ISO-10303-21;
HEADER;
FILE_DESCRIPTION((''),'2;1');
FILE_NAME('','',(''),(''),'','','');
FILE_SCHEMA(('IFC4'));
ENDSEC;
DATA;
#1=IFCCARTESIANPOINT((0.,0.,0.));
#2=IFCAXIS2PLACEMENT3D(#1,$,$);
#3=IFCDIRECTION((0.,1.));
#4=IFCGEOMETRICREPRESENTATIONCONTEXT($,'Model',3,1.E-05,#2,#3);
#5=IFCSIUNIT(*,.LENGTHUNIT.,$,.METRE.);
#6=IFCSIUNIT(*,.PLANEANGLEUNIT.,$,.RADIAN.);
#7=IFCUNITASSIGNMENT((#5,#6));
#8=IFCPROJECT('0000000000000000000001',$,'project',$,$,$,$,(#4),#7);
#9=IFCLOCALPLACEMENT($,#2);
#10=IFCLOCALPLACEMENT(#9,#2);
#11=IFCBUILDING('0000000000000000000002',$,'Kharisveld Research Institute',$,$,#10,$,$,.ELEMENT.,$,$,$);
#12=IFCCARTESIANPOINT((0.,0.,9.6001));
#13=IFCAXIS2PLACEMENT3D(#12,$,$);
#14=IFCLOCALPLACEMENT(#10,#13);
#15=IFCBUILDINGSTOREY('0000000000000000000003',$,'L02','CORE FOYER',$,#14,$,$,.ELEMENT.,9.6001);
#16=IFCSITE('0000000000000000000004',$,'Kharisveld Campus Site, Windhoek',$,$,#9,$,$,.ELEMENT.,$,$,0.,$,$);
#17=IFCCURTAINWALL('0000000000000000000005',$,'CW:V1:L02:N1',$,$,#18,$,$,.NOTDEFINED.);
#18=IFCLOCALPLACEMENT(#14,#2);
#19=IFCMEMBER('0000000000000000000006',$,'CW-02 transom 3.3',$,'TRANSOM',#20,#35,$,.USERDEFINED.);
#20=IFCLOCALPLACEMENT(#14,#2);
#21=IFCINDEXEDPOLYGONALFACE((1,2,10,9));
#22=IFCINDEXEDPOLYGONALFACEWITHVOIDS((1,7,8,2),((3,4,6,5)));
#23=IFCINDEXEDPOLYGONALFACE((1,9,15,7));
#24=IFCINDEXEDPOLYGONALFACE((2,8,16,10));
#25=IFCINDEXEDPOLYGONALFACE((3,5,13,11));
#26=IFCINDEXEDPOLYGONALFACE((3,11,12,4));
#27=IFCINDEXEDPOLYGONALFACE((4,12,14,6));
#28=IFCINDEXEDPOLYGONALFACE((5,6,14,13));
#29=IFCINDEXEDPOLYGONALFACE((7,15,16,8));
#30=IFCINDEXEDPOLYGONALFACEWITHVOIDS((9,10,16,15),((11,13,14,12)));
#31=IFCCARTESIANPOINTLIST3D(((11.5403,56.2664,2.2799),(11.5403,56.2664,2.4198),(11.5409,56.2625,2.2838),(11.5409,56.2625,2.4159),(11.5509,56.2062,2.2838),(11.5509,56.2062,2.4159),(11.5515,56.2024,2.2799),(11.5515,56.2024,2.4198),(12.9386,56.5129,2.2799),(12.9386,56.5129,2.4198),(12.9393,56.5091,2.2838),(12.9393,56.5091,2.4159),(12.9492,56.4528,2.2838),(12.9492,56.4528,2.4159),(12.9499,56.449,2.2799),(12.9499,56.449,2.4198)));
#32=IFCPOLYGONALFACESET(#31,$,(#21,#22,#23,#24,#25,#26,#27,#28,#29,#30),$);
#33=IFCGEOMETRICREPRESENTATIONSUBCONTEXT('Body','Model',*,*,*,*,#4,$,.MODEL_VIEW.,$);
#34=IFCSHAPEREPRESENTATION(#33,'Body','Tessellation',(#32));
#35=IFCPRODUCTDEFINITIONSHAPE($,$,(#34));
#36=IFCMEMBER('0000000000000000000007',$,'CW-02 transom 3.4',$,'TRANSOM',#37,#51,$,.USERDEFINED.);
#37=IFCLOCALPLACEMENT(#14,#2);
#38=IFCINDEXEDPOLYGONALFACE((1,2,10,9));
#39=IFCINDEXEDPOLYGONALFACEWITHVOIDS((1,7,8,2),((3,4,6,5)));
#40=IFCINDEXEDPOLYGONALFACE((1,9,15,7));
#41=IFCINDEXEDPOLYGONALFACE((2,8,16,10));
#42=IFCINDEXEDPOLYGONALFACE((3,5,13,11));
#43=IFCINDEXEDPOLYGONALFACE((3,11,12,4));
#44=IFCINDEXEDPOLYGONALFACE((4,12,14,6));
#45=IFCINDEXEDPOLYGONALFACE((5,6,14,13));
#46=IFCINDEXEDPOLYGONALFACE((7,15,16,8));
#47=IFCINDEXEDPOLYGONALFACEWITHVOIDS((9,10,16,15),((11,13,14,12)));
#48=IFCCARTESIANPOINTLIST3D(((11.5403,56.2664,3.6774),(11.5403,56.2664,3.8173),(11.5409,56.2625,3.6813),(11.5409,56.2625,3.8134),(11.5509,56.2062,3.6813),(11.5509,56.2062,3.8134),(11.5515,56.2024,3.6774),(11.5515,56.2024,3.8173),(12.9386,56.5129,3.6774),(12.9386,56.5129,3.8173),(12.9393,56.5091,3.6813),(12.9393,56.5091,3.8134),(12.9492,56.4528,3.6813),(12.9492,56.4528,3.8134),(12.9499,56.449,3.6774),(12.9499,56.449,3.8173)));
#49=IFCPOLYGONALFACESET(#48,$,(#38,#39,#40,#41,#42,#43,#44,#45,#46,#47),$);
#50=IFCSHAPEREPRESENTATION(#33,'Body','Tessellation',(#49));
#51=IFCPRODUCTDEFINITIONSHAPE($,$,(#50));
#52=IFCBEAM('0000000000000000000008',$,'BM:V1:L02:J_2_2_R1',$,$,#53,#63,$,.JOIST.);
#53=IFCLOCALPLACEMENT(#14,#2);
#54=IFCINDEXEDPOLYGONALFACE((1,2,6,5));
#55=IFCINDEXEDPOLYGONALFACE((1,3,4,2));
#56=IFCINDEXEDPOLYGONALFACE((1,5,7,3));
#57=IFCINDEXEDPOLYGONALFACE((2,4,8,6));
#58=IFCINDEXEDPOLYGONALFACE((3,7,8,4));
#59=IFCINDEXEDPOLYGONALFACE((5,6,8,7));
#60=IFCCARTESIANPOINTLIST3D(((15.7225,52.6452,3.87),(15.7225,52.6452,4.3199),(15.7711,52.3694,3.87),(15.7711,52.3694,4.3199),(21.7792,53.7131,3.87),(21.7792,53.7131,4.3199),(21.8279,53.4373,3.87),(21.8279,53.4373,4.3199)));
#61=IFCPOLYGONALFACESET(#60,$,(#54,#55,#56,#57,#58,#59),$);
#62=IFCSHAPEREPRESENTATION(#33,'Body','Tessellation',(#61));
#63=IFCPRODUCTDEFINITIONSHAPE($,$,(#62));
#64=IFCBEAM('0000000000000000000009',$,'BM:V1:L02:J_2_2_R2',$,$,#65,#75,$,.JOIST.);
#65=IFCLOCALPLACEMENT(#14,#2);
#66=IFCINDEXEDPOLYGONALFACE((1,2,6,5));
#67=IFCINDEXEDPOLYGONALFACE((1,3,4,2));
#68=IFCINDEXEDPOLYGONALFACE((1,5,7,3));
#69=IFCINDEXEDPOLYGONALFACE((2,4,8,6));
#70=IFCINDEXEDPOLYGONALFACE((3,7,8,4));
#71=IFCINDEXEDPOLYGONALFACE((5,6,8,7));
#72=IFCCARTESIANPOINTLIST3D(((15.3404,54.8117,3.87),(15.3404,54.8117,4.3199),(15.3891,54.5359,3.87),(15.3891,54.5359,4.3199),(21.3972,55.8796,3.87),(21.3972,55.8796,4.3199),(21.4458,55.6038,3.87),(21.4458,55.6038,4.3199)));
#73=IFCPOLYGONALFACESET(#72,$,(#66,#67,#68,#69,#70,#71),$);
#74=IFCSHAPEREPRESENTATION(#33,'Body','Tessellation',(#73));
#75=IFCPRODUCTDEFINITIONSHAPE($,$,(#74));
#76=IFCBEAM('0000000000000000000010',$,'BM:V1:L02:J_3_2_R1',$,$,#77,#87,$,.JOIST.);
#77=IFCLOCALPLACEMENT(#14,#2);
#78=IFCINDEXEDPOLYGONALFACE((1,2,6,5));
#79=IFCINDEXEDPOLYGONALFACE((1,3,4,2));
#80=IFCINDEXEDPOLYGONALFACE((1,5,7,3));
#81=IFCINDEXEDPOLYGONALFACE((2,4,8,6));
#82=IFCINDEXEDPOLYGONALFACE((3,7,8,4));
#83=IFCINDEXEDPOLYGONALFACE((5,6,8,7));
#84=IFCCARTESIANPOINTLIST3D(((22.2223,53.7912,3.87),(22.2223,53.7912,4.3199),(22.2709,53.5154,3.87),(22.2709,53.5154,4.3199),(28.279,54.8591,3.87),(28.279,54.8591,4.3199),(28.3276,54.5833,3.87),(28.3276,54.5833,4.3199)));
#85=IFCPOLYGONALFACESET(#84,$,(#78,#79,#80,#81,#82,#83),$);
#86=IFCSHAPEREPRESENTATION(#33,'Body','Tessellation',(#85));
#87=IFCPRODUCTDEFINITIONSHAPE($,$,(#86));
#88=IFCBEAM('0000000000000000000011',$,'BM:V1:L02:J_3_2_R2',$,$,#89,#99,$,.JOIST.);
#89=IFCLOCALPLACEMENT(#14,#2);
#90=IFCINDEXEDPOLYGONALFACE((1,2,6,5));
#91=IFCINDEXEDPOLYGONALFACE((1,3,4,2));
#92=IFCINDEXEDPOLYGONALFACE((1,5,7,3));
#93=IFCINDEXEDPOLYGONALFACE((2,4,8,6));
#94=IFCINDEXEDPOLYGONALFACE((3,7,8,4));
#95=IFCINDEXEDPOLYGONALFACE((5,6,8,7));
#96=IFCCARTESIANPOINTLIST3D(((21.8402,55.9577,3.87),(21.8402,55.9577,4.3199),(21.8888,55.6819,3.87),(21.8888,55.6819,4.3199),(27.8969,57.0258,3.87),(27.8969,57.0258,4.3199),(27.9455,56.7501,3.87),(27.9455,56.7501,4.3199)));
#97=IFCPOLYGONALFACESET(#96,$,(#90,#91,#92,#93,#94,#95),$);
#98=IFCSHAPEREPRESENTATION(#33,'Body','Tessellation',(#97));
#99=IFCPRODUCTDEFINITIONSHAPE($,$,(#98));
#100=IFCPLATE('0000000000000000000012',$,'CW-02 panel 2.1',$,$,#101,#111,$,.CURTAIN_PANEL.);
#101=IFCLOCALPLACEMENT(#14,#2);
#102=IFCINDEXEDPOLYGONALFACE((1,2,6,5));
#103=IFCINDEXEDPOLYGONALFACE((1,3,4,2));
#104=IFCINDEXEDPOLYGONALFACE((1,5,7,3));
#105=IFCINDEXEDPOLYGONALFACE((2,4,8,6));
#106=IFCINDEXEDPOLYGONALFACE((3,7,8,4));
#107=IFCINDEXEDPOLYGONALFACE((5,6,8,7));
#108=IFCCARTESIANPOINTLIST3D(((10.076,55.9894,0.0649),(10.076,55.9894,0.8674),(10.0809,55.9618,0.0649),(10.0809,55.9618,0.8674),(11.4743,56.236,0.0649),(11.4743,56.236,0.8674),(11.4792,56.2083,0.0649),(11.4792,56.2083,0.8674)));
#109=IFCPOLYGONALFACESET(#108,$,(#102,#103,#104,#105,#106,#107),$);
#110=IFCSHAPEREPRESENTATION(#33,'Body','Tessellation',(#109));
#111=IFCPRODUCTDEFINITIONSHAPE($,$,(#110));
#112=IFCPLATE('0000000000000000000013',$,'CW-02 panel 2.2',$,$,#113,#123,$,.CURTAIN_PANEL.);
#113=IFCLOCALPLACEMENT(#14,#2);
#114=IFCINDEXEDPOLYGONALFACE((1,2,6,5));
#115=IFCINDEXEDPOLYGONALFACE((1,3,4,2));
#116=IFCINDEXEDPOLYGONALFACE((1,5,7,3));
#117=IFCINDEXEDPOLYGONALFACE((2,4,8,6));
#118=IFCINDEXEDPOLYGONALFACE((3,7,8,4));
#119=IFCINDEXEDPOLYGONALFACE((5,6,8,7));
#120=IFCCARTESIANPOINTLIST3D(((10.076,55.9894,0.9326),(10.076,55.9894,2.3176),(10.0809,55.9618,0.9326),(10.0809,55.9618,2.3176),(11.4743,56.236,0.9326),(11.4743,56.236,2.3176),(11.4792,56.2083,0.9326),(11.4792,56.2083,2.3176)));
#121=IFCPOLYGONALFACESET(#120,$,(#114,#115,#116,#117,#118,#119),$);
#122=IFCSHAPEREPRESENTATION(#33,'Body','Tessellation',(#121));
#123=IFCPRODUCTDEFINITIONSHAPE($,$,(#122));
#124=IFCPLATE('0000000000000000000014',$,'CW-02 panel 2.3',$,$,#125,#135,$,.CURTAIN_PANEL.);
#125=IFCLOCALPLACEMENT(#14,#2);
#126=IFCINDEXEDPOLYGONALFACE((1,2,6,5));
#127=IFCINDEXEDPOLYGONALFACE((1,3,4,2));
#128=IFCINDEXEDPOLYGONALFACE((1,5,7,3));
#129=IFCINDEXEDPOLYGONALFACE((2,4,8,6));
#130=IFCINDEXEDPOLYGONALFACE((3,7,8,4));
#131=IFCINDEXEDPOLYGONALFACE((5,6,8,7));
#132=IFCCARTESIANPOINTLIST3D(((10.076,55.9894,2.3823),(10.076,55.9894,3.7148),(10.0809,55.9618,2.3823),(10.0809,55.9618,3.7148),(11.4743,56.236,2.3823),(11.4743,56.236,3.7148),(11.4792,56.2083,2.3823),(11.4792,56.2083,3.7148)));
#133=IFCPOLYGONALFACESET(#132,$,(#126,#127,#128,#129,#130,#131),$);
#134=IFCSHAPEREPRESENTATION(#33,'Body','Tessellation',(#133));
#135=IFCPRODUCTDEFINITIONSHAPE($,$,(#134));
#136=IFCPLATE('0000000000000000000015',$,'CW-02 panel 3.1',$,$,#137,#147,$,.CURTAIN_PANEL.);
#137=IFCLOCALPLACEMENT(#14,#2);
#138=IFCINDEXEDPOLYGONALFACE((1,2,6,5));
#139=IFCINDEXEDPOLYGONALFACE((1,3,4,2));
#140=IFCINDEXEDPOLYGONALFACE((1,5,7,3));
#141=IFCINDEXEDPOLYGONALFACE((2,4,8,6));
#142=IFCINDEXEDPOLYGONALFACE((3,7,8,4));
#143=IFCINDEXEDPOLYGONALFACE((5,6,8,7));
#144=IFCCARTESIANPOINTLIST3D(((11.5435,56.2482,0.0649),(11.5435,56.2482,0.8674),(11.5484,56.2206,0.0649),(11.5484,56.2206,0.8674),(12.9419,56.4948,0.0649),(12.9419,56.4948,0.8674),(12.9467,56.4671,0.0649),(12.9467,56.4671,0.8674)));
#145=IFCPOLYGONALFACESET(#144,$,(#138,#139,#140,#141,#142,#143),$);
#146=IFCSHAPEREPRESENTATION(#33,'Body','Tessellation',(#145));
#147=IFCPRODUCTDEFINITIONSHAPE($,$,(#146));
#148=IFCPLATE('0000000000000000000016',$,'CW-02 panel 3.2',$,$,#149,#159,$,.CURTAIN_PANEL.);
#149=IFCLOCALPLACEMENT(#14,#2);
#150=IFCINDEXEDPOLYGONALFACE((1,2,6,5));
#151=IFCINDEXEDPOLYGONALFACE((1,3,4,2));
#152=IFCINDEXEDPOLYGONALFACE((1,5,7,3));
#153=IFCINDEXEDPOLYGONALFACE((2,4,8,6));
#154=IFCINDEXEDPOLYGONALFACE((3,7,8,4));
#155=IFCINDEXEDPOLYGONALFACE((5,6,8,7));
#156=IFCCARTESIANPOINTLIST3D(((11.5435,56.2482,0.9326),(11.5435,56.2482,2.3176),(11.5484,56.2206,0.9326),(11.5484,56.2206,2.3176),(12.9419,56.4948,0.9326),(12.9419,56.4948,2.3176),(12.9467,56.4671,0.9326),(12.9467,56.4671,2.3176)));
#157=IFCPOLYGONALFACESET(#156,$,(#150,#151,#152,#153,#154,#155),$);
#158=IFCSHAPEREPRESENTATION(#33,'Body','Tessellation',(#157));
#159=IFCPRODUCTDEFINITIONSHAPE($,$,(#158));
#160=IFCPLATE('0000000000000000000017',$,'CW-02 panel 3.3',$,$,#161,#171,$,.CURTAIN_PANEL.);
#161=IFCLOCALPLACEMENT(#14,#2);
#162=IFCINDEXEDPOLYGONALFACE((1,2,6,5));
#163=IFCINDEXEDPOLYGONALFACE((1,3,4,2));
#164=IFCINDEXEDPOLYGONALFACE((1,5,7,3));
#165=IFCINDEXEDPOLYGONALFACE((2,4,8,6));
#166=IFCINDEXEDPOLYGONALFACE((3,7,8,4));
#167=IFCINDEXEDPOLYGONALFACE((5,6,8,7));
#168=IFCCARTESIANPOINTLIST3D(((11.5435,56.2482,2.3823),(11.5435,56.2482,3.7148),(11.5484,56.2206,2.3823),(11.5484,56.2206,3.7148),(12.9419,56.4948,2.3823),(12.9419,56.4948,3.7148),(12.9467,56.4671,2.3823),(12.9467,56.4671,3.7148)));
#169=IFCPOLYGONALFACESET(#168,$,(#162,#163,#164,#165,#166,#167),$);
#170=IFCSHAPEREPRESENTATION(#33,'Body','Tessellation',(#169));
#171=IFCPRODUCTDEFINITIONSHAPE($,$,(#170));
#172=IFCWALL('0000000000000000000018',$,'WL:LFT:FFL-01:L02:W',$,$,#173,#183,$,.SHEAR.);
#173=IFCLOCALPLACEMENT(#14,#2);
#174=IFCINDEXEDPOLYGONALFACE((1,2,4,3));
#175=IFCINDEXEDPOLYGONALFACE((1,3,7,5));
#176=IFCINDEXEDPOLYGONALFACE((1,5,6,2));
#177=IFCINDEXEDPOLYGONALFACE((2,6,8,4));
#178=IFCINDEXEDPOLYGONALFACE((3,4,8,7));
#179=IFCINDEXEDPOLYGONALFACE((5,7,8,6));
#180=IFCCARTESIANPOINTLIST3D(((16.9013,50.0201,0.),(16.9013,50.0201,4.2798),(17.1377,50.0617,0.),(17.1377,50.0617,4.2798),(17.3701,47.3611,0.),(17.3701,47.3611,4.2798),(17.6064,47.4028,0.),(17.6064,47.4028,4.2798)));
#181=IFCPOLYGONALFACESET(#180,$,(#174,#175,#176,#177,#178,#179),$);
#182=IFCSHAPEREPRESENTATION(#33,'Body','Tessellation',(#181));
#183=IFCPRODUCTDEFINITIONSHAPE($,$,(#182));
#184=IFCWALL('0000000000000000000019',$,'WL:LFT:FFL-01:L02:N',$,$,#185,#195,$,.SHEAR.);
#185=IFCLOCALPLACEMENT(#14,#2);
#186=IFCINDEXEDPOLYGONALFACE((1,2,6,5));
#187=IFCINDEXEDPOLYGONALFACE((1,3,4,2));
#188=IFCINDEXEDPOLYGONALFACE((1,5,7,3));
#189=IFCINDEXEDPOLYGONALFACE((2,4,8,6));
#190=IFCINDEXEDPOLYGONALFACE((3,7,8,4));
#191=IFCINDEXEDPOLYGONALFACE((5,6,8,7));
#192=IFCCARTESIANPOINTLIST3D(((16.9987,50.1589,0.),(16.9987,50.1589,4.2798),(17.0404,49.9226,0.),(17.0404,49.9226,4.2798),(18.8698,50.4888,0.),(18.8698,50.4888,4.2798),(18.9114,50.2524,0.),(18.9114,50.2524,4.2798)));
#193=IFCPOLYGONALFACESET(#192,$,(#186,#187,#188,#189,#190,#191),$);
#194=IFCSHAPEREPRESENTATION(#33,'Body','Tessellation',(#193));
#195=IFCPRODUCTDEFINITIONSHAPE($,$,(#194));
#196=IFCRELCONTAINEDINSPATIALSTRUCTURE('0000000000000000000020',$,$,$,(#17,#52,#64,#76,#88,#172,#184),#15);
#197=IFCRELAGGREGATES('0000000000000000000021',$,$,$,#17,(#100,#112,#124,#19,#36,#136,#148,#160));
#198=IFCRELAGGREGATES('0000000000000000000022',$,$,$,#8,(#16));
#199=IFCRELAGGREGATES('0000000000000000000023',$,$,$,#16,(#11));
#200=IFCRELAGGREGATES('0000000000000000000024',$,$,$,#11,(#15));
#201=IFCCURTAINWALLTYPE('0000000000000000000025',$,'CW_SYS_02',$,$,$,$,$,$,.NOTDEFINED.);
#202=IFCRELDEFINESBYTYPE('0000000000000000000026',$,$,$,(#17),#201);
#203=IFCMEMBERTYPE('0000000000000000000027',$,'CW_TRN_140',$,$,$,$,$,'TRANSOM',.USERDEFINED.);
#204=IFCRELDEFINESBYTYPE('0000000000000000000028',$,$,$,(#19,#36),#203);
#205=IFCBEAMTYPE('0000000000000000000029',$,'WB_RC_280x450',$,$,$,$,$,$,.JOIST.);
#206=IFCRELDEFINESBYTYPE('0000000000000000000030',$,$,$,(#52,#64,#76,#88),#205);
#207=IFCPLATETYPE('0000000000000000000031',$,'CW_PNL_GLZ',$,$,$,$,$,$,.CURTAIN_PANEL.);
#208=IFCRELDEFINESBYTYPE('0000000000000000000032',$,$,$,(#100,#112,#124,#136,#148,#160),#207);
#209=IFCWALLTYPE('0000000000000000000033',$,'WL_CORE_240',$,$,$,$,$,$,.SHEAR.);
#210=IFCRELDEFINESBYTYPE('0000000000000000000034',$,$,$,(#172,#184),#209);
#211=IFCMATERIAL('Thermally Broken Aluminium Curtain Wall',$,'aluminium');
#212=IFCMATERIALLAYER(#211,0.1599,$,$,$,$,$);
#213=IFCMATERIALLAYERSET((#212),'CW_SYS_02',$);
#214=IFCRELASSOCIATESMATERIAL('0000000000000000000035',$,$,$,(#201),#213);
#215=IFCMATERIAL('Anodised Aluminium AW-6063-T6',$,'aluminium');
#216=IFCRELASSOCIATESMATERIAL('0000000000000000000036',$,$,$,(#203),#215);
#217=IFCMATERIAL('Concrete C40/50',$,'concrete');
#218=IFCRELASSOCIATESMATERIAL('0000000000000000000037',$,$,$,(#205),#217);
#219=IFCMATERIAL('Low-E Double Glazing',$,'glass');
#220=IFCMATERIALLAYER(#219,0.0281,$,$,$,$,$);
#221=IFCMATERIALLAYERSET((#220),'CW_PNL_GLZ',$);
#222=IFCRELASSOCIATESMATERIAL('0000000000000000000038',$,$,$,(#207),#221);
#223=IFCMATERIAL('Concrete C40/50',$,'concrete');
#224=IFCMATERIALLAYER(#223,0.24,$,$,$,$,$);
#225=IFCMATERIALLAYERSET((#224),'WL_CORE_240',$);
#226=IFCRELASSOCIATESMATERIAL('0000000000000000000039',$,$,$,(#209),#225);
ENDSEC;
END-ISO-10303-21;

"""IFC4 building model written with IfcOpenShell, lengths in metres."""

from ifc_helpers import new_model, si_unit, direction, frame, frame_2d, origin, origin_2d, place, context, subcontext, project, spatial, rectangle, hollow_rectangle, extrude, material, layer, layer_set, material_profile, profile_set, type_object, element, aggregate, save


model = new_model("IFC4")

# Units and contexts
model_context = context("Model", 3, precision=1e-05, world=origin(), true_north=direction((0.0, 1.0)))
body_context = subcontext(model_context, "Body", "Model", "MODEL_VIEW")
ifc_project = project(units=[si_unit("LENGTHUNIT", "METRE"), si_unit("PLANEANGLEUNIT", "RADIAN")], contexts=[model_context])

# Site, building, storey
site_placement = place(None, origin())
site = spatial("IfcSite", under=ifc_project, at=site_placement, Name="Kharisveld Campus Site, Windhoek", CompositionType="ELEMENT", RefElevation=0.0)
building_placement = place(site_placement, origin())
building = spatial("IfcBuilding", under=site, at=building_placement, Name="Kharisveld Research Institute", CompositionType="ELEMENT")
storey_placement = place(building_placement, frame((0.0, 0.0, 9.6001)))
storey = spatial("IfcBuildingStorey", under=building, at=storey_placement, Name="L02", Description="CORE FOYER", CompositionType="ELEMENT", Elevation=9.6001)

# Curtain wall, members
ifc_material_1 = material(Name="Thermally Broken Aluminium Curtain Wall", Category="aluminium")
ifc_layer_1 = layer(ifc_material_1, 0.1599)
ifc_layer_set_1 = layer_set([ifc_layer_1], Name="CW_SYS_02")
curtain_wall_type = type_object("IfcCurtainWallType", Name="CW_SYS_02", PredefinedType="NOTDEFINED", material=ifc_layer_set_1)
curtain_wall_placement = place(storey_placement, origin())
curtain_wall = element("IfcCurtainWall", 1, at=curtain_wall_placement, inside=storey, type_object=curtain_wall_type, Name="CW:V1:L02:N1", PredefinedType="NOTDEFINED")
ifc_material_2 = material(Name="Anodised Aluminium AW-6063-T6", Category="aluminium")
ifc_material_profile_1 = material_profile(ifc_material_2, hollow_rectangle(XDim=0.0649, YDim=0.1399, WallThickness=0.0039, at=origin_2d()))
ifc_profile_set_1 = profile_set([ifc_material_profile_1], Name="Anodised Aluminium AW-6063-T6")
member_type_1 = type_object("IfcMemberType", Name="CW_TRN_140", ElementType="TRANSOM", PredefinedType="USERDEFINED", material=ifc_profile_set_1)
member_1_placement = place(storey_placement, frame((11.5459, 56.2344, 2.3499), z_axis=(0.984808, 0.173648, 0.0), x_axis=(-0.173648, 0.984808, 0.0)))
member_1 = element("IfcMember", 2, at=member_1_placement, type_object=member_type_1, Name="CW-02 transom 3.3", ObjectType="TRANSOM", PredefinedType="USERDEFINED", context=body_context, shape_type="SweptSolid", body=[
    extrude(hollow_rectangle(XDim=0.0649, YDim=0.1399, WallThickness=0.0039, at=origin_2d()), origin(), (0.0, 0.0, 1.0), 1.4199),
])
member_2_placement = place(storey_placement, frame((11.5459, 56.2344, 3.7473), z_axis=(0.984808, 0.173648, 0.0), x_axis=(-0.173648, 0.984808, 0.0)))
member_2 = element("IfcMember", 3, at=member_2_placement, type_object=member_type_1, Name="CW-02 transom 3.4", ObjectType="TRANSOM", PredefinedType="USERDEFINED", context=body_context, shape_type="SweptSolid", body=[
    extrude(hollow_rectangle(XDim=0.0649, YDim=0.1399, WallThickness=0.0039, at=origin_2d()), origin(), (0.0, 0.0, 1.0), 1.4199),
])

# Beams
ifc_material_3 = material(Name="Concrete C40/50", Category="concrete")
ifc_material_profile_2 = material_profile(ifc_material_3, rectangle(XDim=0.28, YDim=0.45, at=origin_2d()))
ifc_profile_set_2 = profile_set([ifc_material_profile_2], Name="Concrete C40/50")
beam_type_1 = type_object("IfcBeamType", Name="WB_RC_280x450", PredefinedType="JOIST", material=ifc_profile_set_2)
for number, where, z_axis, x_axis, name in (
    (4, (15.7468, 52.5073, 4.095), (0.98481, 0.173636, 0.0), (-0.173636, 0.98481, 0.0), "BM:V1:L02:J_2_2_R1"),
    (5, (15.3647, 54.6738, 4.095), (0.98481, 0.173636, 0.0), (-0.173636, 0.98481, 0.0), "BM:V1:L02:J_2_2_R2"),
    (6, (22.2466, 53.6533, 4.095), (0.98481, 0.173636, 0.0), (-0.173636, 0.98481, 0.0), "BM:V1:L02:J_3_2_R1"),
    (7, (21.8645, 55.8198, 4.095), (0.984803, 0.173674, 0.0), (-0.173674, 0.984803, 0.0), "BM:V1:L02:J_3_2_R2"),
):
    element("IfcBeam", number, at=place(storey_placement, frame(where, z_axis=z_axis, x_axis=x_axis)), inside=storey, type_object=beam_type_1, Name=name, PredefinedType="JOIST", context=body_context, shape_type="SweptSolid", body=[
        extrude(rectangle(XDim=0.28, YDim=0.45, at=origin_2d()), origin(), (0.0, 0.0, 1.0), 6.1501),
    ])

# Plates
ifc_material_4 = material(Name="Low-E Double Glazing", Category="glass")
ifc_layer_2 = layer(ifc_material_4, 0.0281)
ifc_layer_set_2 = layer_set([ifc_layer_2], Name="CW_PNL_GLZ")
plate_type = type_object("IfcPlateType", Name="CW_PNL_GLZ", PredefinedType="CURTAIN_PANEL", material=ifc_layer_set_2)
plate_1_placement = place(storey_placement, frame((10.7776, 56.0989, 0.0649), z_axis=(0.0, 0.0, 1.0), x_axis=(0.984808, 0.173648, 0.0)))
plate_1 = element("IfcPlate", 8, at=plate_1_placement, type_object=plate_type, Name="CW-02 panel 2.1", PredefinedType="CURTAIN_PANEL", context=body_context, shape_type="SweptSolid", body=[
    extrude(rectangle(XDim=1.4199, YDim=0.0281, at=origin_2d()), origin(), (0.0, 0.0, 1.0), 0.8025),
])
plate_2_placement = place(storey_placement, frame((10.7776, 56.0989, 0.9326), z_axis=(0.0, 0.0, 1.0), x_axis=(0.984808, 0.173648, 0.0)))
plate_2 = element("IfcPlate", 9, at=plate_2_placement, type_object=plate_type, Name="CW-02 panel 2.2", PredefinedType="CURTAIN_PANEL", context=body_context, shape_type="SweptSolid", body=[
    extrude(rectangle(XDim=1.4199, YDim=0.0281, at=origin_2d()), origin(), (0.0, 0.0, 1.0), 1.385),
])
plate_3_placement = place(storey_placement, frame((10.7776, 56.0989, 2.3823), z_axis=(0.0, 0.0, 1.0), x_axis=(0.984808, 0.173648, 0.0)))
plate_3 = element("IfcPlate", 10, at=plate_3_placement, type_object=plate_type, Name="CW-02 panel 2.3", PredefinedType="CURTAIN_PANEL", context=body_context, shape_type="SweptSolid", body=[
    extrude(rectangle(XDim=1.4199, YDim=0.0281, at=origin_2d()), origin(), (0.0, 0.0, 1.0), 1.3325),
])
plate_4_placement = place(storey_placement, frame((12.2451, 56.3577, 0.0649), z_axis=(0.0, 0.0, 1.0), x_axis=(0.984808, 0.173648, 0.0)))
plate_4 = element("IfcPlate", 11, at=plate_4_placement, type_object=plate_type, Name="CW-02 panel 3.1", PredefinedType="CURTAIN_PANEL", context=body_context, shape_type="SweptSolid", body=[
    extrude(rectangle(XDim=1.4199, YDim=0.0281, at=origin_2d()), origin(), (0.0, 0.0, 1.0), 0.8025),
])
plate_5_placement = place(storey_placement, frame((12.2451, 56.3577, 0.9326), z_axis=(0.0, 0.0, 1.0), x_axis=(0.984808, 0.173648, 0.0)))
plate_5 = element("IfcPlate", 12, at=plate_5_placement, type_object=plate_type, Name="CW-02 panel 3.2", PredefinedType="CURTAIN_PANEL", context=body_context, shape_type="SweptSolid", body=[
    extrude(rectangle(XDim=1.4199, YDim=0.0281, at=origin_2d()), origin(), (0.0, 0.0, 1.0), 1.385),
])
plate_6_placement = place(storey_placement, frame((12.2451, 56.3577, 2.3823), z_axis=(0.0, 0.0, 1.0), x_axis=(0.984808, 0.173648, 0.0)))
plate_6 = element("IfcPlate", 13, at=plate_6_placement, type_object=plate_type, Name="CW-02 panel 3.3", PredefinedType="CURTAIN_PANEL", context=body_context, shape_type="SweptSolid", body=[
    extrude(rectangle(XDim=1.4199, YDim=0.0281, at=origin_2d()), origin(), (0.0, 0.0, 1.0), 1.3325),
])
aggregate(curtain_wall, [plate_1, plate_2, plate_3, member_1, member_2, plate_4, plate_5, plate_6])

# Walls
ifc_material_5 = material(Name="Concrete C40/50", Category="concrete")
ifc_layer_3 = layer(ifc_material_5, 0.24)
ifc_layer_set_3 = layer_set([ifc_layer_3], Name="WL_CORE_240")
wall_type_1 = type_object("IfcWallType", Name="WL_CORE_240", PredefinedType="SHEAR", material=ifc_layer_set_3)
wall_1_placement = place(storey_placement, frame((17.4883, 47.3818, 0.0), z_axis=(0.0, 0.0, 1.0), x_axis=(-0.173615, 0.984814, 0.0)))
element("IfcWall", 14, at=wall_1_placement, inside=storey, type_object=wall_type_1, Name="WL:LFT:FFL-01:L02:W", PredefinedType="SHEAR", context=body_context, shape_type="SweptSolid", body=[
    extrude(rectangle(XDim=2.7, YDim=0.24, at=frame_2d((1.3501, 0.0))), origin(), (0.0, 0.0, 1.0), 4.2798),
])
wall_2_placement = place(storey_placement, frame((17.0195, 50.0408, 0.0), z_axis=(0.0, 0.0, 1.0), x_axis=(0.984816, 0.173602, 0.0)))
element("IfcWall", 15, at=wall_2_placement, inside=storey, type_object=wall_type_1, Name="WL:LFT:FFL-01:L02:N", PredefinedType="SHEAR", context=body_context, shape_type="SweptSolid", body=[
    extrude(rectangle(XDim=1.8999, YDim=0.24, at=frame_2d((0.95, 0.0))), origin(), (0.0, 0.0, 1.0), 4.2798),
])

save(model, "model.ifc")
